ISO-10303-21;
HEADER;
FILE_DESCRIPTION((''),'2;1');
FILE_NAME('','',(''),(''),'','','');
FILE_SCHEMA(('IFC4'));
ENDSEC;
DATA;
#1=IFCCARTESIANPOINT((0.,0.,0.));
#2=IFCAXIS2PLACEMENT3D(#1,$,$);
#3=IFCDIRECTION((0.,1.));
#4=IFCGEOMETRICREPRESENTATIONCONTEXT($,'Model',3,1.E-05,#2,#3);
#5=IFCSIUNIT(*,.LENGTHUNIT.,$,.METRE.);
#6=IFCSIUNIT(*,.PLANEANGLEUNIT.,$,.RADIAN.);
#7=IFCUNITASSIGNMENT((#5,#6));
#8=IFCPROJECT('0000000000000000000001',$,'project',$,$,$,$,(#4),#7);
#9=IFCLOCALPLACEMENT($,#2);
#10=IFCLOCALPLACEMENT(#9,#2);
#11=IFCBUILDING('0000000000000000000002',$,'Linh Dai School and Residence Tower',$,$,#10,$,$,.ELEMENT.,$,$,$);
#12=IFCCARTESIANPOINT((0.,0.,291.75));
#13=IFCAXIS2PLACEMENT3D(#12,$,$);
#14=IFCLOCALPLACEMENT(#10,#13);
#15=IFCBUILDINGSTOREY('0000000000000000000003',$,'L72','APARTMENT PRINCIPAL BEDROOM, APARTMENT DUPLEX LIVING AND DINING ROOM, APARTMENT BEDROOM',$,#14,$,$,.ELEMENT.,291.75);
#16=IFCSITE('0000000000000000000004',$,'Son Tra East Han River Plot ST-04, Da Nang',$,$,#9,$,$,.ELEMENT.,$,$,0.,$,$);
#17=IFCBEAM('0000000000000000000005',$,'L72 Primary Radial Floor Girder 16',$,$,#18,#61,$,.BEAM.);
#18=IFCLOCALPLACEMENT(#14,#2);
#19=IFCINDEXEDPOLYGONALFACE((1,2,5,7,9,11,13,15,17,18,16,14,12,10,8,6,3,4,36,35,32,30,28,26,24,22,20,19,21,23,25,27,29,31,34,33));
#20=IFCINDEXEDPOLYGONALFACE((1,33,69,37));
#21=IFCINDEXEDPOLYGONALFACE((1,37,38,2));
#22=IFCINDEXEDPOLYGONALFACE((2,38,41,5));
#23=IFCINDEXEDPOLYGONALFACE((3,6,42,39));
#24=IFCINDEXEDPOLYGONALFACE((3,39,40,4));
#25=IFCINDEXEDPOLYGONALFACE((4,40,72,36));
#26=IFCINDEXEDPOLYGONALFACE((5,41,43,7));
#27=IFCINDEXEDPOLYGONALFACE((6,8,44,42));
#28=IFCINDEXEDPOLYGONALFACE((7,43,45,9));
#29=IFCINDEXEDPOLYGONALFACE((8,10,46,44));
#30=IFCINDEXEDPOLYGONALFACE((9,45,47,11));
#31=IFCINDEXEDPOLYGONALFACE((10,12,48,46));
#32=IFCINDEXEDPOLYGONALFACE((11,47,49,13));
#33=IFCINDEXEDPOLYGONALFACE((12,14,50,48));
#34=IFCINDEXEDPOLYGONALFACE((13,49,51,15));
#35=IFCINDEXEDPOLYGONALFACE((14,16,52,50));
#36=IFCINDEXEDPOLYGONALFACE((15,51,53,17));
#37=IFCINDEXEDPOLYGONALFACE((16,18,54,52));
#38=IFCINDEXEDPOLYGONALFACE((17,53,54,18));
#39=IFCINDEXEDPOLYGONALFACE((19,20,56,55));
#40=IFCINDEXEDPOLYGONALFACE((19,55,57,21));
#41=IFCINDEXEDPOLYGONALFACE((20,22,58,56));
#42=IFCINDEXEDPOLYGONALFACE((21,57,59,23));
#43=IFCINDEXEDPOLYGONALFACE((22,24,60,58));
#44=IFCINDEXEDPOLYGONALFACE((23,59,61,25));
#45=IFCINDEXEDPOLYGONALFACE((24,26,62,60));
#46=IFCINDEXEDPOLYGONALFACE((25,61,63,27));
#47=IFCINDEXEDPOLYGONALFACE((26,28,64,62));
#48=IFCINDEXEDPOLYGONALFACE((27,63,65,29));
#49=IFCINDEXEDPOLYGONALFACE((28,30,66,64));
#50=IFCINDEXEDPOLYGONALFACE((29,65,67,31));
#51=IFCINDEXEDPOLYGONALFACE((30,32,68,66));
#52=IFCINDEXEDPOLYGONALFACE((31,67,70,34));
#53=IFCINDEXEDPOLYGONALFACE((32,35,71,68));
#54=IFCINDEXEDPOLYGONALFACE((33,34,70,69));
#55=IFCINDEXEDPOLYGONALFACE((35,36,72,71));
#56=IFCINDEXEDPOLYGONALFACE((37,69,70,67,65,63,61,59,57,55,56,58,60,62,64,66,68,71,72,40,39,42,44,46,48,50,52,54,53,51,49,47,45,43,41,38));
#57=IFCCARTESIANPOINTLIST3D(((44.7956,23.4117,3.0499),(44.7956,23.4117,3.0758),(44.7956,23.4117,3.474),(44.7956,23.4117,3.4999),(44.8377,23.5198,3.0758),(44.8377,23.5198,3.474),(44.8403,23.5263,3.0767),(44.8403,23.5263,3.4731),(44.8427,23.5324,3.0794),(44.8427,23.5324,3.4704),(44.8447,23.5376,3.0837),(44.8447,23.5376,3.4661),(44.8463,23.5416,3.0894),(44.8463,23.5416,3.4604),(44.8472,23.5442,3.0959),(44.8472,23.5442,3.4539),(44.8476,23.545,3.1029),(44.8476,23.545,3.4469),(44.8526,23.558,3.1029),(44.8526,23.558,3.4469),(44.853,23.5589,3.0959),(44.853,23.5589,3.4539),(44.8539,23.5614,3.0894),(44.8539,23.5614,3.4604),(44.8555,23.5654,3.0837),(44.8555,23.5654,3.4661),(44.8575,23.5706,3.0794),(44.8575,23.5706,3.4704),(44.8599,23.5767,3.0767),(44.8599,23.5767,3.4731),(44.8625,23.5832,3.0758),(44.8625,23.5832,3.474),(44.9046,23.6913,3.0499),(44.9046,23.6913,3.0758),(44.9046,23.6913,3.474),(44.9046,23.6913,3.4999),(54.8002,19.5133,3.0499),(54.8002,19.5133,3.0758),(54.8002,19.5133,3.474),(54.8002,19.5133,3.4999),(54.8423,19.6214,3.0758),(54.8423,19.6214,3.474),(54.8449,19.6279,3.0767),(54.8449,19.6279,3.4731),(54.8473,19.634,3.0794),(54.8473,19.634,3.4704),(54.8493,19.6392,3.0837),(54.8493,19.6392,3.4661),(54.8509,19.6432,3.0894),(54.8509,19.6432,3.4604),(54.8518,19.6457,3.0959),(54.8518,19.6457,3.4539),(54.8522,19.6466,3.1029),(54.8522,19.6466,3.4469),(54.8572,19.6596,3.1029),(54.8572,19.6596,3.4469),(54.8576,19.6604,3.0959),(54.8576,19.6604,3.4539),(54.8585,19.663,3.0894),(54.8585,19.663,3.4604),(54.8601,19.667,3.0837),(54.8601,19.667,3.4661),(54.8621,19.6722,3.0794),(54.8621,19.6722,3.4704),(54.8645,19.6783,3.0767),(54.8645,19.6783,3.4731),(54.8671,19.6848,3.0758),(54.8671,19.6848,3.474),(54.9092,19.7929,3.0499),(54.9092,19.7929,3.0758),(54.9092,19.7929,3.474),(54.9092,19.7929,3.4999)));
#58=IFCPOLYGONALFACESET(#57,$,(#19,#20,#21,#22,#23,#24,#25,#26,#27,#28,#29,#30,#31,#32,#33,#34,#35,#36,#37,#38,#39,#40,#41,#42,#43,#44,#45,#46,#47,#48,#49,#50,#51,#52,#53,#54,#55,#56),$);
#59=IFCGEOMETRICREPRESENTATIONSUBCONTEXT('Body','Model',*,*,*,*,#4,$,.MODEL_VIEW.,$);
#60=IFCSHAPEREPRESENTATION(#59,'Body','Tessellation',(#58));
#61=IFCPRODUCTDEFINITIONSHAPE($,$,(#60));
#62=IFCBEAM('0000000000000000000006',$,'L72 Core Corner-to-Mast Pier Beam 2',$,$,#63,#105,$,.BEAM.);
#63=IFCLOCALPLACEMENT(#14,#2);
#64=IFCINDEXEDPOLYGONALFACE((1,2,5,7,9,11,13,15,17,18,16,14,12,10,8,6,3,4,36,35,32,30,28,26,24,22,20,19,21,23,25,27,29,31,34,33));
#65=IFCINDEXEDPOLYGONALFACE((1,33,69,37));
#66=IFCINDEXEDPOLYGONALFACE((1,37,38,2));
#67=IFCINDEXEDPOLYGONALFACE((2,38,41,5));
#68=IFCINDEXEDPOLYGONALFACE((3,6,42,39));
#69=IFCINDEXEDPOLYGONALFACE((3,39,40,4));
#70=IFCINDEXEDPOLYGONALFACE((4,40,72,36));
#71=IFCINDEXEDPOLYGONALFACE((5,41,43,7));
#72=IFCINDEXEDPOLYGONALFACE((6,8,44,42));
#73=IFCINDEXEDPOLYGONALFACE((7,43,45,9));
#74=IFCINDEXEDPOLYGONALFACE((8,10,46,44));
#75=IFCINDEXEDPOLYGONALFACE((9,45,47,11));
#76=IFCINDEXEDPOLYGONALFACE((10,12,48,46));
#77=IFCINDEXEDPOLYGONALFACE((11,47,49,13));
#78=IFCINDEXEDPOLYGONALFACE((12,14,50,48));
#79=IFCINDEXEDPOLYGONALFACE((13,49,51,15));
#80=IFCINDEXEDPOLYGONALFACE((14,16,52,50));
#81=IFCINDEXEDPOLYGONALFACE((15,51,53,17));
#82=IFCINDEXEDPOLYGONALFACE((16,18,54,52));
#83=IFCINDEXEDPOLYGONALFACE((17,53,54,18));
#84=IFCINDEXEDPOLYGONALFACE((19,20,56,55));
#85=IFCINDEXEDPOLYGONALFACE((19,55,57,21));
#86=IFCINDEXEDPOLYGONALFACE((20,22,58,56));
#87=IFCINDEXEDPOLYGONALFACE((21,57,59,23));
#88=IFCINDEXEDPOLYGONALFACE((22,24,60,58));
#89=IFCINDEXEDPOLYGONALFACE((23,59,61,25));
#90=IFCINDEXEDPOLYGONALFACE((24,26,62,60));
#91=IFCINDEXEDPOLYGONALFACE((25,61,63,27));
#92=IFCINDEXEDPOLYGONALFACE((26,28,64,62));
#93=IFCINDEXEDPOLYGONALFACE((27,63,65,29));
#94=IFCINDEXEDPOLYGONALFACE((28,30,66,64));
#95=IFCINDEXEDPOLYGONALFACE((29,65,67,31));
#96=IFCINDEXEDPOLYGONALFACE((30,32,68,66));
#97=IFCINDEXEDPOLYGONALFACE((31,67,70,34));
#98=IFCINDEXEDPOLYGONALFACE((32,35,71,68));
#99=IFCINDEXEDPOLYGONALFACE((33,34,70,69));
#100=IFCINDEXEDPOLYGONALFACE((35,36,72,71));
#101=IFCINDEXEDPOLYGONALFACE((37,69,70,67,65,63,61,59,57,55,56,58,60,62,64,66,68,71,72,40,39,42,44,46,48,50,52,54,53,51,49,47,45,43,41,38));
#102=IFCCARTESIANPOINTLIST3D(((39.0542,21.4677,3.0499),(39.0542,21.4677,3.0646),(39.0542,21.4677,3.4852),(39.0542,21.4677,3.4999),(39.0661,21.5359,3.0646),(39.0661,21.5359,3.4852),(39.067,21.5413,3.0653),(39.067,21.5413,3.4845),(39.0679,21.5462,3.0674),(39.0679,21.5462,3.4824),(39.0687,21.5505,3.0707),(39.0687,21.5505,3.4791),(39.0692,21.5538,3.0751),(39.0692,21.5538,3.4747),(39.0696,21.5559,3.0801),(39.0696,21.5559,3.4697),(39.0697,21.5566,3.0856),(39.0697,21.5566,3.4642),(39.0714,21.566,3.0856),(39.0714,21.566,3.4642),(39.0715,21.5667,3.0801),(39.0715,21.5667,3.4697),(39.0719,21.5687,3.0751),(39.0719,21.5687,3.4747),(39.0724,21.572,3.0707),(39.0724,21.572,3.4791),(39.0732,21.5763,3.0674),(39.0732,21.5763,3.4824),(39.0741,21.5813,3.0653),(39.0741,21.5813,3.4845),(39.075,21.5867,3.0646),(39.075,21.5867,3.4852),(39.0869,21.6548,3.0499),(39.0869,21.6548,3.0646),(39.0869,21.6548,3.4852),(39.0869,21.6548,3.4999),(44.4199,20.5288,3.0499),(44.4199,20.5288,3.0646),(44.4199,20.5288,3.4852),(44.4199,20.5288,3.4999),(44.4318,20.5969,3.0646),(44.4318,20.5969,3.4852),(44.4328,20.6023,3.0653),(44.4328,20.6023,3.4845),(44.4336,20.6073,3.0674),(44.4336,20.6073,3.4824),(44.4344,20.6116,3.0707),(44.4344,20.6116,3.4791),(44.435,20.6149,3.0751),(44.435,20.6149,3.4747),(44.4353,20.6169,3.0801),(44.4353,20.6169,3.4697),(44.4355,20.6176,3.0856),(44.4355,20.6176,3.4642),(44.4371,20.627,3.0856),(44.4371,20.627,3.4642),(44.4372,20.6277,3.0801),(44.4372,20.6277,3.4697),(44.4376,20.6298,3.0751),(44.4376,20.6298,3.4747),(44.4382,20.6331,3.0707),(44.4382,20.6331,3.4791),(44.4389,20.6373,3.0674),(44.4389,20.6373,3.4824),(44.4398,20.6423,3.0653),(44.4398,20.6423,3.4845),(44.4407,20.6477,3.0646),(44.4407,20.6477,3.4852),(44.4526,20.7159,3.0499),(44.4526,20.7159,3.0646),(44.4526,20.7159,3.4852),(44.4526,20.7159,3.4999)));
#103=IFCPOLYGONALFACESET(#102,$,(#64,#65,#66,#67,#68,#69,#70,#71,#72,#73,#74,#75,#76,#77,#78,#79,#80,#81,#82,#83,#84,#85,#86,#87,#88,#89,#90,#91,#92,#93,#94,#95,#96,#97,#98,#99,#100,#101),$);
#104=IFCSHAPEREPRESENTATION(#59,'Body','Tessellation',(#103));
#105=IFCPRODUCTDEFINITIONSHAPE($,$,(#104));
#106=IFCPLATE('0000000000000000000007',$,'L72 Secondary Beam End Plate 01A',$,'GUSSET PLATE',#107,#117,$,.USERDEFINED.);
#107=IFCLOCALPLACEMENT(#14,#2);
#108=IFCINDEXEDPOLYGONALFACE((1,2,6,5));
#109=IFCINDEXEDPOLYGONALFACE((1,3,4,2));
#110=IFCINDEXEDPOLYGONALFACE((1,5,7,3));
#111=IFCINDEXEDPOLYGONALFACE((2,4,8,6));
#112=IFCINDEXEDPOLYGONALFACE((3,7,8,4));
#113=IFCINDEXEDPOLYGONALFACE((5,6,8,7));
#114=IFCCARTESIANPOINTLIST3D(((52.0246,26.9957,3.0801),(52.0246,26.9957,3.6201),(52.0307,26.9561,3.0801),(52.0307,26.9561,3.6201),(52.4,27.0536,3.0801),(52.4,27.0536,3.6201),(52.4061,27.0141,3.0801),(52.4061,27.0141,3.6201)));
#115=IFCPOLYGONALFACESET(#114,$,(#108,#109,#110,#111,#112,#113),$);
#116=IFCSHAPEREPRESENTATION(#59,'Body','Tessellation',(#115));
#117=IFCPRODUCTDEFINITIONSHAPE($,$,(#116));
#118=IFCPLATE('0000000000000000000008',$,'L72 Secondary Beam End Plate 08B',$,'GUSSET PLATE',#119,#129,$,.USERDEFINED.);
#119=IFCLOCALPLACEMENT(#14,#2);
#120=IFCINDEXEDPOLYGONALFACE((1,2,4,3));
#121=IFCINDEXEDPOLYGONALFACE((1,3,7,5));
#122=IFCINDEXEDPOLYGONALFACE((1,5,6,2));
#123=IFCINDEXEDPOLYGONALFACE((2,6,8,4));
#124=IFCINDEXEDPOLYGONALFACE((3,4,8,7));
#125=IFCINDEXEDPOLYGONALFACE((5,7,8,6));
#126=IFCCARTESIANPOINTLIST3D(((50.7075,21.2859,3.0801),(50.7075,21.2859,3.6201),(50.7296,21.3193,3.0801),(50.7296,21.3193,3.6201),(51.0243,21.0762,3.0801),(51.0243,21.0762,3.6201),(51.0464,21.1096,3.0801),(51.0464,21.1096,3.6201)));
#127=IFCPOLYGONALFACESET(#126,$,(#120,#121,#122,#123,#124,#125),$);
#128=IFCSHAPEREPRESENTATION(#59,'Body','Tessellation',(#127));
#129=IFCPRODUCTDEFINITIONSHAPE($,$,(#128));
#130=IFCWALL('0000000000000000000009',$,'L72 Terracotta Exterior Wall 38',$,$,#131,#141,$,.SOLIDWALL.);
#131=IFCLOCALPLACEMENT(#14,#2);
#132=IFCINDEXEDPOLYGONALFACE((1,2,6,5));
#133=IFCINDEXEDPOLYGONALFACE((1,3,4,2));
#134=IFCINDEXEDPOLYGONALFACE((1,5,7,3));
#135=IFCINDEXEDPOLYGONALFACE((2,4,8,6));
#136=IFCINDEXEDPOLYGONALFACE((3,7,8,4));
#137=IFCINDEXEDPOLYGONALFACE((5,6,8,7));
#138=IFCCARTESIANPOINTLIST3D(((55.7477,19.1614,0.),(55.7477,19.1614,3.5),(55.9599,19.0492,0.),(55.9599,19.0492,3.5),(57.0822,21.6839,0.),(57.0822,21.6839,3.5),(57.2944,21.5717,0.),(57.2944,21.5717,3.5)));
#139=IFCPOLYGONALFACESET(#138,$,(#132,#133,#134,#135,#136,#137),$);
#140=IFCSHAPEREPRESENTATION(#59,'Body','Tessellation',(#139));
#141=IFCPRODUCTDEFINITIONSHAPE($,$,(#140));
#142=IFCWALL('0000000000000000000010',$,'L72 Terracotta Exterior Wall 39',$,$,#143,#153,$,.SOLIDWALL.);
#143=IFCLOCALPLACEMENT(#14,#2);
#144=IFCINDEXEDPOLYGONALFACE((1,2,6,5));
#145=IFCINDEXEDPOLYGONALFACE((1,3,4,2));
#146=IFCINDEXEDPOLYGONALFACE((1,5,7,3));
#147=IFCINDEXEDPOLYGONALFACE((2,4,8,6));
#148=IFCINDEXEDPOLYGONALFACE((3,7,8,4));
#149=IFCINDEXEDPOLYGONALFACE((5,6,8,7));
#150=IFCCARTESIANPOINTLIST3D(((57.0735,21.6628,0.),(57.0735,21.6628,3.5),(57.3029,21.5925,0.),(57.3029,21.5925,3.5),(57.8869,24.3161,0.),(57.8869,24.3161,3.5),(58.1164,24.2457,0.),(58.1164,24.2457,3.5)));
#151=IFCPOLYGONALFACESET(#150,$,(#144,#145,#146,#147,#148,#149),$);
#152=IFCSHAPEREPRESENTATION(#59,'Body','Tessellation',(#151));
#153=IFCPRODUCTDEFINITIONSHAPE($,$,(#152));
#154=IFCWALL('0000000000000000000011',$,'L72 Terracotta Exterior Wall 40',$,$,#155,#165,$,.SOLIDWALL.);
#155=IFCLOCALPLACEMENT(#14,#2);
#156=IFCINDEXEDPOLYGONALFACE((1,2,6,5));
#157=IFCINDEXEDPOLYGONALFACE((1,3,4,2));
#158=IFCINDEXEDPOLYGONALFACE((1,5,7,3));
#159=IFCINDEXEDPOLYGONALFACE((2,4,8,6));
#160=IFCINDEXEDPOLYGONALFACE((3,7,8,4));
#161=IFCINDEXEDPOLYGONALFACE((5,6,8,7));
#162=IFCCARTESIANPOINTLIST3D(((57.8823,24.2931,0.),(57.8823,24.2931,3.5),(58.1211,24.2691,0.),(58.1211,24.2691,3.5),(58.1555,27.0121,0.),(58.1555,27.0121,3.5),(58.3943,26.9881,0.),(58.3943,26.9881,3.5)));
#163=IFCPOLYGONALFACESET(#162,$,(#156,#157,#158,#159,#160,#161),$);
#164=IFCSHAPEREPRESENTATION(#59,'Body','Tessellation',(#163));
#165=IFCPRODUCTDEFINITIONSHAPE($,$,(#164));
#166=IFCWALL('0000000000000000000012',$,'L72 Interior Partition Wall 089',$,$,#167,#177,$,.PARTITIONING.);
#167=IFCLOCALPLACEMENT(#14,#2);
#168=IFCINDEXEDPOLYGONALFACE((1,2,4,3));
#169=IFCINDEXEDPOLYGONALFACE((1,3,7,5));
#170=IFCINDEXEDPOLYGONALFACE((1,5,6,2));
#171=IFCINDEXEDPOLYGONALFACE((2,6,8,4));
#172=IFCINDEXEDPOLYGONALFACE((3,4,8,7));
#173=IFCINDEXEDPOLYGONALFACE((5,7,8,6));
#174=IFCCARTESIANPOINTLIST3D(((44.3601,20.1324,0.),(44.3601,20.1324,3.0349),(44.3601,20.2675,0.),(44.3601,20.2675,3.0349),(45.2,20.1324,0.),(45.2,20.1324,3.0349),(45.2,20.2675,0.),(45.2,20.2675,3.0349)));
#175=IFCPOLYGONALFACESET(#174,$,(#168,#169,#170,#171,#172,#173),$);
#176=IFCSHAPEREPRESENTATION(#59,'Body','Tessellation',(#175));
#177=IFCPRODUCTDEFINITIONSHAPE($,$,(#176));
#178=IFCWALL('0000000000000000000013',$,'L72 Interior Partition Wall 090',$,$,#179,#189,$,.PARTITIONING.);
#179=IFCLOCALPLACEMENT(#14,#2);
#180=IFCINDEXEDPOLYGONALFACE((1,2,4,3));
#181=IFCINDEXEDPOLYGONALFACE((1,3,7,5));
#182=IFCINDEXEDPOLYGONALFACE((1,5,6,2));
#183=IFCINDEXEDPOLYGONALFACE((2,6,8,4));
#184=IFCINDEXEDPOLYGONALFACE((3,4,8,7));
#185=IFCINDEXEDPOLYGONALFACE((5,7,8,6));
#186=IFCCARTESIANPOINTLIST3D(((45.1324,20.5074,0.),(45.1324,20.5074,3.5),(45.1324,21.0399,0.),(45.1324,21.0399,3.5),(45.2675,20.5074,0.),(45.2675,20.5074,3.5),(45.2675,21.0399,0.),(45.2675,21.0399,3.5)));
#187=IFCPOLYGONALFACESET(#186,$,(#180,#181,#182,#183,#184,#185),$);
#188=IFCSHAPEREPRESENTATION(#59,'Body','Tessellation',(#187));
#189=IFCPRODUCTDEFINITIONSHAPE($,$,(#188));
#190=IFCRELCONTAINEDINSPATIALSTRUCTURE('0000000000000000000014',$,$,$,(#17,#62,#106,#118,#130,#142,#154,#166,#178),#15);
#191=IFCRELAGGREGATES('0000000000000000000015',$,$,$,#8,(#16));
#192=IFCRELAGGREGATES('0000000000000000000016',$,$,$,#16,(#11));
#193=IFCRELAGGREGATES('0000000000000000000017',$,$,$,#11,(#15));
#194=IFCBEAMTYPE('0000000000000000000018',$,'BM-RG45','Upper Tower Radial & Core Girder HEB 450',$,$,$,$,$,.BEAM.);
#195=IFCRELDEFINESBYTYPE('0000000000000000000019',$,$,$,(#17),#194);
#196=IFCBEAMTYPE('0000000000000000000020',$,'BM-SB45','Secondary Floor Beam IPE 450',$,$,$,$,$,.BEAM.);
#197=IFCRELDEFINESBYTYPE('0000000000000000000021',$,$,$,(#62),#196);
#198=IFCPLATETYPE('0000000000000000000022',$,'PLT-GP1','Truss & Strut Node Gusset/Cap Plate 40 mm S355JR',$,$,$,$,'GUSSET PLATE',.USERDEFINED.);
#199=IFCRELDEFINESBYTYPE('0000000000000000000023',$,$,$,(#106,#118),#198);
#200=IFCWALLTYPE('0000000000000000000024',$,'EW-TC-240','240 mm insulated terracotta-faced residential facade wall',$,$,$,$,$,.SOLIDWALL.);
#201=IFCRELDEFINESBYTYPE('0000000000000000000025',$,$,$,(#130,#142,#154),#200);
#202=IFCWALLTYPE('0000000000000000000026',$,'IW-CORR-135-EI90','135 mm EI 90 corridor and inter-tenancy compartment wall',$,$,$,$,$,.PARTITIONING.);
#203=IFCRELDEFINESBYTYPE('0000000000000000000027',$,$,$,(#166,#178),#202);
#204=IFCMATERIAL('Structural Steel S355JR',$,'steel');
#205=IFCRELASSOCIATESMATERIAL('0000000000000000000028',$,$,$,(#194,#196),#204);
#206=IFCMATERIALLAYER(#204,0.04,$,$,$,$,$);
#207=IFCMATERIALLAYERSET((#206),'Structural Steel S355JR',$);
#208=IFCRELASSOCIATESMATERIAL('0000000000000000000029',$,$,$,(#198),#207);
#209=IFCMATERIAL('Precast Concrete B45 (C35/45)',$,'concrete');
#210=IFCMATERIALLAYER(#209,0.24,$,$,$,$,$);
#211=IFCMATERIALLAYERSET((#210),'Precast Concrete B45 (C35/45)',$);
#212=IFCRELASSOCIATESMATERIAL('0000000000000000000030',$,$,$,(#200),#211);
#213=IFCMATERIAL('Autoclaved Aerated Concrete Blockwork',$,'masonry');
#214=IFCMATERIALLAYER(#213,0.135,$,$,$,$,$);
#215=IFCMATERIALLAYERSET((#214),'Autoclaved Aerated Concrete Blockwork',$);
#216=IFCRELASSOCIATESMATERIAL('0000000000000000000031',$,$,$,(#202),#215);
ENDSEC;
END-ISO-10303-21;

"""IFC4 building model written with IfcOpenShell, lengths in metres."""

from ifc_helpers import new_model, si_unit, direction, frame, frame_2d, origin, origin_2d, place, context, subcontext, project, spatial, rectangle, i_section, extrude, source, transform, mapped, material, layer, layer_set, material_profile, profile_set, type_object, element, save


model = new_model("IFC4")

# Units and contexts
model_context = context("Model", 3, precision=1e-05, world=origin(), true_north=direction((0.0, 1.0)))
body_context = subcontext(model_context, "Body", "Model", "MODEL_VIEW")
ifc_project = project(units=[si_unit("LENGTHUNIT", "METRE"), si_unit("PLANEANGLEUNIT", "RADIAN")], contexts=[model_context])

# Site, building, storey
site_placement = place(None, origin())
site = spatial("IfcSite", under=ifc_project, at=site_placement, Name="Son Tra East Han River Plot ST-04, Da Nang", CompositionType="ELEMENT", RefElevation=0.0)
building_placement = place(site_placement, origin())
building = spatial("IfcBuilding", under=site, at=building_placement, Name="Linh Dai School and Residence Tower", CompositionType="ELEMENT")
storey_placement = place(building_placement, frame((0.0, 0.0, 291.75)))
storey = spatial("IfcBuildingStorey", under=building, at=storey_placement, Name="L72", Description="APARTMENT PRINCIPAL BEDROOM, APARTMENT DUPLEX LIVING AND DINING ROOM, APARTMENT BEDROOM", CompositionType="ELEMENT", Elevation=291.75)

# Shared definitions
ifc_material_1 = material(Name="Structural Steel S355JR", Category="steel")

# Beams
ifc_material_profile_1 = material_profile(ifc_material_1, i_section(OverallWidth=0.3, OverallDepth=0.45, WebThickness=0.0139, FlangeThickness=0.0259, FilletRadius=0.0271, at=origin_2d()), Name="HEB 450")
ifc_profile_set_1 = profile_set([ifc_material_profile_1], Name="Structural Steel S355JR")
beam_type_1 = type_object("IfcBeamType", Name="BM-RG45", Description="Upper Tower Radial & Core Girder HEB 450", PredefinedType="BEAM", material=ifc_profile_set_1)
beam_1_placement = place(storey_placement, frame((44.8501, 23.5515, 3.2749), z_axis=(0.931761, -0.363073, 0.0), x_axis=(0.363073, 0.931761, 0.0)))
element("IfcBeam", 1, at=beam_1_placement, inside=storey, type_object=beam_type_1, Name="L72 Primary Radial Floor Girder 16", PredefinedType="BEAM", context=body_context, shape_type="SweptSolid", body=[
    extrude(i_section(OverallWidth=0.3, OverallDepth=0.45, WebThickness=0.0139, FlangeThickness=0.0259, FilletRadius=0.0271, at=origin_2d()), origin(), (0.0, 0.0, 1.0), 10.7373),
])
ifc_material_profile_2 = material_profile(ifc_material_1, i_section(OverallWidth=0.1899, OverallDepth=0.45, WebThickness=0.0095, FlangeThickness=0.0146, FilletRadius=0.021, at=origin_2d()), Name="IPE 450")
ifc_profile_set_2 = profile_set([ifc_material_profile_2], Name="Structural Steel S355JR")
beam_type_2 = type_object("IfcBeamType", Name="BM-SB45", Description="Secondary Floor Beam IPE 450", PredefinedType="BEAM", material=ifc_profile_set_2)
beam_2_placement = place(storey_placement, frame((44.4363, 20.6223, 3.2749), z_axis=(-0.985032, 0.172374, 0.0), x_axis=(-0.172374, -0.985032, 0.0)))
element("IfcBeam", 2, at=beam_2_placement, inside=storey, type_object=beam_type_2, Name="L72 Core Corner-to-Mast Pier Beam 2", PredefinedType="BEAM", context=body_context, shape_type="SweptSolid", body=[
    extrude(i_section(OverallWidth=0.1899, OverallDepth=0.45, WebThickness=0.0095, FlangeThickness=0.0146, FilletRadius=0.021, at=origin_2d()), origin(), (0.0, 0.0, 1.0), 5.4473),
])

# Plates
ifc_layer_1 = layer(ifc_material_1, 0.04)
ifc_layer_set_1 = layer_set([ifc_layer_1], Name="Structural Steel S355JR")
plate_type = type_object("IfcPlateType", Name="PLT-GP1", Description="Truss & Strut Node Gusset/Cap Plate 40 mm S355JR", ElementType="GUSSET PLATE", PredefinedType="USERDEFINED", material=ifc_layer_set_1)
shared_shape_1 = source(origin(), body_context, "Body", "SweptSolid", [
    extrude(rectangle(XDim=0.04, YDim=0.3799, at=origin_2d()), origin(), (0.0, 0.0, 1.0), 0.54),
])
for number, where, z_axis, x_axis, name in (
    (3, (52.2153, 27.0049, 3.0801), (0.0, 0.0, 1.0), (-0.152474, 0.988308, 0.0), "L72 Secondary Beam End Plate 01A"),
    (4, (50.877, 21.1978, 3.0801), (0.0, 0.0, 1.0), (0.552122, 0.833763, 0.0), "L72 Secondary Beam End Plate 08B"),
):
    element("IfcPlate", number, at=place(storey_placement, frame(where, z_axis=z_axis, x_axis=x_axis)), inside=storey, type_object=plate_type, Name=name, ObjectType="GUSSET PLATE", PredefinedType="USERDEFINED", context=body_context, shape_type="MappedRepresentation", body=[
        mapped(shared_shape_1, transform((0.0, 0.0, 0.0), x_axis=(1.0, 0.0, 0.0), y_axis=(0.0, 1.0, 0.0), z_axis=(0.0, 0.0, 1.0), scale=1.0)),
    ])

# Walls
ifc_material_2 = material(Name="Precast Concrete B45 (C35/45)", Category="concrete")
ifc_layer_2 = layer(ifc_material_2, 0.24)
ifc_layer_set_2 = layer_set([ifc_layer_2], Name="Precast Concrete B45 (C35/45)")
wall_type_1 = type_object("IfcWallType", Name="EW-TC-240", Description="240 mm insulated terracotta-faced residential facade wall", PredefinedType="SOLIDWALL", material=ifc_layer_set_2)
wall_1_placement = place(storey_placement, frame((57.1882, 21.6277, 0.0), z_axis=(0.0, 0.0, 1.0), x_axis=(-0.467628, -0.883925, 0.0)))
element("IfcWall", 5, at=wall_1_placement, inside=storey, type_object=wall_type_1, Name="L72 Terracotta Exterior Wall 38", PredefinedType="SOLIDWALL", context=body_context, shape_type="SweptSolid", body=[
    extrude(rectangle(XDim=2.8538, YDim=0.24, at=frame_2d((1.4268, 0.0))), origin(), (0.0, 0.0, 1.0), 3.5),
])
wall_2_placement = place(storey_placement, frame((58.0017, 24.281, 0.0), z_axis=(0.0, 0.0, 1.0), x_axis=(-0.293121, -0.956075, 0.0)))
element("IfcWall", 6, at=wall_2_placement, inside=storey, type_object=wall_type_1, Name="L72 Terracotta Exterior Wall 39", PredefinedType="SOLIDWALL", context=body_context, shape_type="SweptSolid", body=[
    extrude(rectangle(XDim=2.7751, YDim=0.24, at=frame_2d((1.3877, 0.0))), origin(), (0.0, 0.0, 1.0), 3.5),
])
wall_3_placement = place(storey_placement, frame((58.2749, 27.0, 0.0), z_axis=(0.0, 0.0, 1.0), x_axis=(-0.099973, -0.99499, 0.0)))
element("IfcWall", 7, at=wall_3_placement, inside=storey, type_object=wall_type_1, Name="L72 Terracotta Exterior Wall 40", PredefinedType="SOLIDWALL", context=body_context, shape_type="SweptSolid", body=[
    extrude(rectangle(XDim=2.7327, YDim=0.24, at=frame_2d((1.3662, 0.0))), origin(), (0.0, 0.0, 1.0), 3.5),
])
ifc_material_3 = material(Name="Autoclaved Aerated Concrete Blockwork", Category="masonry")
ifc_layer_3 = layer(ifc_material_3, 0.135)
ifc_layer_set_3 = layer_set([ifc_layer_3], Name="Autoclaved Aerated Concrete Blockwork")
wall_type_2 = type_object("IfcWallType", Name="IW-CORR-135-EI90", Description="135 mm EI 90 corridor and inter-tenancy compartment wall", PredefinedType="PARTITIONING", material=ifc_layer_set_3)
wall_4_placement = place(storey_placement, frame((44.3601, 20.2, 0.0), z_axis=(0.0, 0.0, 1.0), x_axis=(1.0, 0.0, 0.0)))
element("IfcWall", 8, at=wall_4_placement, inside=storey, type_object=wall_type_2, Name="L72 Interior Partition Wall 089", PredefinedType="PARTITIONING", context=body_context, shape_type="SweptSolid", body=[
    extrude(rectangle(XDim=0.8398, YDim=0.135, at=frame_2d((0.4199, 0.0))), origin(), (0.0, 0.0, 1.0), 3.0349),
])
wall_5_placement = place(storey_placement, frame((45.2, 20.5076, 0.0), z_axis=(0.0, 0.0, 1.0), x_axis=(0.0, 1.0, 0.0)))
element("IfcWall", 9, at=wall_5_placement, inside=storey, type_object=wall_type_2, Name="L72 Interior Partition Wall 090", PredefinedType="PARTITIONING", context=body_context, shape_type="SweptSolid", body=[
    extrude(rectangle(XDim=0.5325, YDim=0.135, at=frame_2d((0.2661, 0.0))), origin(), (0.0, 0.0, 1.0), 3.5),
])

save(model, "model.ifc")
